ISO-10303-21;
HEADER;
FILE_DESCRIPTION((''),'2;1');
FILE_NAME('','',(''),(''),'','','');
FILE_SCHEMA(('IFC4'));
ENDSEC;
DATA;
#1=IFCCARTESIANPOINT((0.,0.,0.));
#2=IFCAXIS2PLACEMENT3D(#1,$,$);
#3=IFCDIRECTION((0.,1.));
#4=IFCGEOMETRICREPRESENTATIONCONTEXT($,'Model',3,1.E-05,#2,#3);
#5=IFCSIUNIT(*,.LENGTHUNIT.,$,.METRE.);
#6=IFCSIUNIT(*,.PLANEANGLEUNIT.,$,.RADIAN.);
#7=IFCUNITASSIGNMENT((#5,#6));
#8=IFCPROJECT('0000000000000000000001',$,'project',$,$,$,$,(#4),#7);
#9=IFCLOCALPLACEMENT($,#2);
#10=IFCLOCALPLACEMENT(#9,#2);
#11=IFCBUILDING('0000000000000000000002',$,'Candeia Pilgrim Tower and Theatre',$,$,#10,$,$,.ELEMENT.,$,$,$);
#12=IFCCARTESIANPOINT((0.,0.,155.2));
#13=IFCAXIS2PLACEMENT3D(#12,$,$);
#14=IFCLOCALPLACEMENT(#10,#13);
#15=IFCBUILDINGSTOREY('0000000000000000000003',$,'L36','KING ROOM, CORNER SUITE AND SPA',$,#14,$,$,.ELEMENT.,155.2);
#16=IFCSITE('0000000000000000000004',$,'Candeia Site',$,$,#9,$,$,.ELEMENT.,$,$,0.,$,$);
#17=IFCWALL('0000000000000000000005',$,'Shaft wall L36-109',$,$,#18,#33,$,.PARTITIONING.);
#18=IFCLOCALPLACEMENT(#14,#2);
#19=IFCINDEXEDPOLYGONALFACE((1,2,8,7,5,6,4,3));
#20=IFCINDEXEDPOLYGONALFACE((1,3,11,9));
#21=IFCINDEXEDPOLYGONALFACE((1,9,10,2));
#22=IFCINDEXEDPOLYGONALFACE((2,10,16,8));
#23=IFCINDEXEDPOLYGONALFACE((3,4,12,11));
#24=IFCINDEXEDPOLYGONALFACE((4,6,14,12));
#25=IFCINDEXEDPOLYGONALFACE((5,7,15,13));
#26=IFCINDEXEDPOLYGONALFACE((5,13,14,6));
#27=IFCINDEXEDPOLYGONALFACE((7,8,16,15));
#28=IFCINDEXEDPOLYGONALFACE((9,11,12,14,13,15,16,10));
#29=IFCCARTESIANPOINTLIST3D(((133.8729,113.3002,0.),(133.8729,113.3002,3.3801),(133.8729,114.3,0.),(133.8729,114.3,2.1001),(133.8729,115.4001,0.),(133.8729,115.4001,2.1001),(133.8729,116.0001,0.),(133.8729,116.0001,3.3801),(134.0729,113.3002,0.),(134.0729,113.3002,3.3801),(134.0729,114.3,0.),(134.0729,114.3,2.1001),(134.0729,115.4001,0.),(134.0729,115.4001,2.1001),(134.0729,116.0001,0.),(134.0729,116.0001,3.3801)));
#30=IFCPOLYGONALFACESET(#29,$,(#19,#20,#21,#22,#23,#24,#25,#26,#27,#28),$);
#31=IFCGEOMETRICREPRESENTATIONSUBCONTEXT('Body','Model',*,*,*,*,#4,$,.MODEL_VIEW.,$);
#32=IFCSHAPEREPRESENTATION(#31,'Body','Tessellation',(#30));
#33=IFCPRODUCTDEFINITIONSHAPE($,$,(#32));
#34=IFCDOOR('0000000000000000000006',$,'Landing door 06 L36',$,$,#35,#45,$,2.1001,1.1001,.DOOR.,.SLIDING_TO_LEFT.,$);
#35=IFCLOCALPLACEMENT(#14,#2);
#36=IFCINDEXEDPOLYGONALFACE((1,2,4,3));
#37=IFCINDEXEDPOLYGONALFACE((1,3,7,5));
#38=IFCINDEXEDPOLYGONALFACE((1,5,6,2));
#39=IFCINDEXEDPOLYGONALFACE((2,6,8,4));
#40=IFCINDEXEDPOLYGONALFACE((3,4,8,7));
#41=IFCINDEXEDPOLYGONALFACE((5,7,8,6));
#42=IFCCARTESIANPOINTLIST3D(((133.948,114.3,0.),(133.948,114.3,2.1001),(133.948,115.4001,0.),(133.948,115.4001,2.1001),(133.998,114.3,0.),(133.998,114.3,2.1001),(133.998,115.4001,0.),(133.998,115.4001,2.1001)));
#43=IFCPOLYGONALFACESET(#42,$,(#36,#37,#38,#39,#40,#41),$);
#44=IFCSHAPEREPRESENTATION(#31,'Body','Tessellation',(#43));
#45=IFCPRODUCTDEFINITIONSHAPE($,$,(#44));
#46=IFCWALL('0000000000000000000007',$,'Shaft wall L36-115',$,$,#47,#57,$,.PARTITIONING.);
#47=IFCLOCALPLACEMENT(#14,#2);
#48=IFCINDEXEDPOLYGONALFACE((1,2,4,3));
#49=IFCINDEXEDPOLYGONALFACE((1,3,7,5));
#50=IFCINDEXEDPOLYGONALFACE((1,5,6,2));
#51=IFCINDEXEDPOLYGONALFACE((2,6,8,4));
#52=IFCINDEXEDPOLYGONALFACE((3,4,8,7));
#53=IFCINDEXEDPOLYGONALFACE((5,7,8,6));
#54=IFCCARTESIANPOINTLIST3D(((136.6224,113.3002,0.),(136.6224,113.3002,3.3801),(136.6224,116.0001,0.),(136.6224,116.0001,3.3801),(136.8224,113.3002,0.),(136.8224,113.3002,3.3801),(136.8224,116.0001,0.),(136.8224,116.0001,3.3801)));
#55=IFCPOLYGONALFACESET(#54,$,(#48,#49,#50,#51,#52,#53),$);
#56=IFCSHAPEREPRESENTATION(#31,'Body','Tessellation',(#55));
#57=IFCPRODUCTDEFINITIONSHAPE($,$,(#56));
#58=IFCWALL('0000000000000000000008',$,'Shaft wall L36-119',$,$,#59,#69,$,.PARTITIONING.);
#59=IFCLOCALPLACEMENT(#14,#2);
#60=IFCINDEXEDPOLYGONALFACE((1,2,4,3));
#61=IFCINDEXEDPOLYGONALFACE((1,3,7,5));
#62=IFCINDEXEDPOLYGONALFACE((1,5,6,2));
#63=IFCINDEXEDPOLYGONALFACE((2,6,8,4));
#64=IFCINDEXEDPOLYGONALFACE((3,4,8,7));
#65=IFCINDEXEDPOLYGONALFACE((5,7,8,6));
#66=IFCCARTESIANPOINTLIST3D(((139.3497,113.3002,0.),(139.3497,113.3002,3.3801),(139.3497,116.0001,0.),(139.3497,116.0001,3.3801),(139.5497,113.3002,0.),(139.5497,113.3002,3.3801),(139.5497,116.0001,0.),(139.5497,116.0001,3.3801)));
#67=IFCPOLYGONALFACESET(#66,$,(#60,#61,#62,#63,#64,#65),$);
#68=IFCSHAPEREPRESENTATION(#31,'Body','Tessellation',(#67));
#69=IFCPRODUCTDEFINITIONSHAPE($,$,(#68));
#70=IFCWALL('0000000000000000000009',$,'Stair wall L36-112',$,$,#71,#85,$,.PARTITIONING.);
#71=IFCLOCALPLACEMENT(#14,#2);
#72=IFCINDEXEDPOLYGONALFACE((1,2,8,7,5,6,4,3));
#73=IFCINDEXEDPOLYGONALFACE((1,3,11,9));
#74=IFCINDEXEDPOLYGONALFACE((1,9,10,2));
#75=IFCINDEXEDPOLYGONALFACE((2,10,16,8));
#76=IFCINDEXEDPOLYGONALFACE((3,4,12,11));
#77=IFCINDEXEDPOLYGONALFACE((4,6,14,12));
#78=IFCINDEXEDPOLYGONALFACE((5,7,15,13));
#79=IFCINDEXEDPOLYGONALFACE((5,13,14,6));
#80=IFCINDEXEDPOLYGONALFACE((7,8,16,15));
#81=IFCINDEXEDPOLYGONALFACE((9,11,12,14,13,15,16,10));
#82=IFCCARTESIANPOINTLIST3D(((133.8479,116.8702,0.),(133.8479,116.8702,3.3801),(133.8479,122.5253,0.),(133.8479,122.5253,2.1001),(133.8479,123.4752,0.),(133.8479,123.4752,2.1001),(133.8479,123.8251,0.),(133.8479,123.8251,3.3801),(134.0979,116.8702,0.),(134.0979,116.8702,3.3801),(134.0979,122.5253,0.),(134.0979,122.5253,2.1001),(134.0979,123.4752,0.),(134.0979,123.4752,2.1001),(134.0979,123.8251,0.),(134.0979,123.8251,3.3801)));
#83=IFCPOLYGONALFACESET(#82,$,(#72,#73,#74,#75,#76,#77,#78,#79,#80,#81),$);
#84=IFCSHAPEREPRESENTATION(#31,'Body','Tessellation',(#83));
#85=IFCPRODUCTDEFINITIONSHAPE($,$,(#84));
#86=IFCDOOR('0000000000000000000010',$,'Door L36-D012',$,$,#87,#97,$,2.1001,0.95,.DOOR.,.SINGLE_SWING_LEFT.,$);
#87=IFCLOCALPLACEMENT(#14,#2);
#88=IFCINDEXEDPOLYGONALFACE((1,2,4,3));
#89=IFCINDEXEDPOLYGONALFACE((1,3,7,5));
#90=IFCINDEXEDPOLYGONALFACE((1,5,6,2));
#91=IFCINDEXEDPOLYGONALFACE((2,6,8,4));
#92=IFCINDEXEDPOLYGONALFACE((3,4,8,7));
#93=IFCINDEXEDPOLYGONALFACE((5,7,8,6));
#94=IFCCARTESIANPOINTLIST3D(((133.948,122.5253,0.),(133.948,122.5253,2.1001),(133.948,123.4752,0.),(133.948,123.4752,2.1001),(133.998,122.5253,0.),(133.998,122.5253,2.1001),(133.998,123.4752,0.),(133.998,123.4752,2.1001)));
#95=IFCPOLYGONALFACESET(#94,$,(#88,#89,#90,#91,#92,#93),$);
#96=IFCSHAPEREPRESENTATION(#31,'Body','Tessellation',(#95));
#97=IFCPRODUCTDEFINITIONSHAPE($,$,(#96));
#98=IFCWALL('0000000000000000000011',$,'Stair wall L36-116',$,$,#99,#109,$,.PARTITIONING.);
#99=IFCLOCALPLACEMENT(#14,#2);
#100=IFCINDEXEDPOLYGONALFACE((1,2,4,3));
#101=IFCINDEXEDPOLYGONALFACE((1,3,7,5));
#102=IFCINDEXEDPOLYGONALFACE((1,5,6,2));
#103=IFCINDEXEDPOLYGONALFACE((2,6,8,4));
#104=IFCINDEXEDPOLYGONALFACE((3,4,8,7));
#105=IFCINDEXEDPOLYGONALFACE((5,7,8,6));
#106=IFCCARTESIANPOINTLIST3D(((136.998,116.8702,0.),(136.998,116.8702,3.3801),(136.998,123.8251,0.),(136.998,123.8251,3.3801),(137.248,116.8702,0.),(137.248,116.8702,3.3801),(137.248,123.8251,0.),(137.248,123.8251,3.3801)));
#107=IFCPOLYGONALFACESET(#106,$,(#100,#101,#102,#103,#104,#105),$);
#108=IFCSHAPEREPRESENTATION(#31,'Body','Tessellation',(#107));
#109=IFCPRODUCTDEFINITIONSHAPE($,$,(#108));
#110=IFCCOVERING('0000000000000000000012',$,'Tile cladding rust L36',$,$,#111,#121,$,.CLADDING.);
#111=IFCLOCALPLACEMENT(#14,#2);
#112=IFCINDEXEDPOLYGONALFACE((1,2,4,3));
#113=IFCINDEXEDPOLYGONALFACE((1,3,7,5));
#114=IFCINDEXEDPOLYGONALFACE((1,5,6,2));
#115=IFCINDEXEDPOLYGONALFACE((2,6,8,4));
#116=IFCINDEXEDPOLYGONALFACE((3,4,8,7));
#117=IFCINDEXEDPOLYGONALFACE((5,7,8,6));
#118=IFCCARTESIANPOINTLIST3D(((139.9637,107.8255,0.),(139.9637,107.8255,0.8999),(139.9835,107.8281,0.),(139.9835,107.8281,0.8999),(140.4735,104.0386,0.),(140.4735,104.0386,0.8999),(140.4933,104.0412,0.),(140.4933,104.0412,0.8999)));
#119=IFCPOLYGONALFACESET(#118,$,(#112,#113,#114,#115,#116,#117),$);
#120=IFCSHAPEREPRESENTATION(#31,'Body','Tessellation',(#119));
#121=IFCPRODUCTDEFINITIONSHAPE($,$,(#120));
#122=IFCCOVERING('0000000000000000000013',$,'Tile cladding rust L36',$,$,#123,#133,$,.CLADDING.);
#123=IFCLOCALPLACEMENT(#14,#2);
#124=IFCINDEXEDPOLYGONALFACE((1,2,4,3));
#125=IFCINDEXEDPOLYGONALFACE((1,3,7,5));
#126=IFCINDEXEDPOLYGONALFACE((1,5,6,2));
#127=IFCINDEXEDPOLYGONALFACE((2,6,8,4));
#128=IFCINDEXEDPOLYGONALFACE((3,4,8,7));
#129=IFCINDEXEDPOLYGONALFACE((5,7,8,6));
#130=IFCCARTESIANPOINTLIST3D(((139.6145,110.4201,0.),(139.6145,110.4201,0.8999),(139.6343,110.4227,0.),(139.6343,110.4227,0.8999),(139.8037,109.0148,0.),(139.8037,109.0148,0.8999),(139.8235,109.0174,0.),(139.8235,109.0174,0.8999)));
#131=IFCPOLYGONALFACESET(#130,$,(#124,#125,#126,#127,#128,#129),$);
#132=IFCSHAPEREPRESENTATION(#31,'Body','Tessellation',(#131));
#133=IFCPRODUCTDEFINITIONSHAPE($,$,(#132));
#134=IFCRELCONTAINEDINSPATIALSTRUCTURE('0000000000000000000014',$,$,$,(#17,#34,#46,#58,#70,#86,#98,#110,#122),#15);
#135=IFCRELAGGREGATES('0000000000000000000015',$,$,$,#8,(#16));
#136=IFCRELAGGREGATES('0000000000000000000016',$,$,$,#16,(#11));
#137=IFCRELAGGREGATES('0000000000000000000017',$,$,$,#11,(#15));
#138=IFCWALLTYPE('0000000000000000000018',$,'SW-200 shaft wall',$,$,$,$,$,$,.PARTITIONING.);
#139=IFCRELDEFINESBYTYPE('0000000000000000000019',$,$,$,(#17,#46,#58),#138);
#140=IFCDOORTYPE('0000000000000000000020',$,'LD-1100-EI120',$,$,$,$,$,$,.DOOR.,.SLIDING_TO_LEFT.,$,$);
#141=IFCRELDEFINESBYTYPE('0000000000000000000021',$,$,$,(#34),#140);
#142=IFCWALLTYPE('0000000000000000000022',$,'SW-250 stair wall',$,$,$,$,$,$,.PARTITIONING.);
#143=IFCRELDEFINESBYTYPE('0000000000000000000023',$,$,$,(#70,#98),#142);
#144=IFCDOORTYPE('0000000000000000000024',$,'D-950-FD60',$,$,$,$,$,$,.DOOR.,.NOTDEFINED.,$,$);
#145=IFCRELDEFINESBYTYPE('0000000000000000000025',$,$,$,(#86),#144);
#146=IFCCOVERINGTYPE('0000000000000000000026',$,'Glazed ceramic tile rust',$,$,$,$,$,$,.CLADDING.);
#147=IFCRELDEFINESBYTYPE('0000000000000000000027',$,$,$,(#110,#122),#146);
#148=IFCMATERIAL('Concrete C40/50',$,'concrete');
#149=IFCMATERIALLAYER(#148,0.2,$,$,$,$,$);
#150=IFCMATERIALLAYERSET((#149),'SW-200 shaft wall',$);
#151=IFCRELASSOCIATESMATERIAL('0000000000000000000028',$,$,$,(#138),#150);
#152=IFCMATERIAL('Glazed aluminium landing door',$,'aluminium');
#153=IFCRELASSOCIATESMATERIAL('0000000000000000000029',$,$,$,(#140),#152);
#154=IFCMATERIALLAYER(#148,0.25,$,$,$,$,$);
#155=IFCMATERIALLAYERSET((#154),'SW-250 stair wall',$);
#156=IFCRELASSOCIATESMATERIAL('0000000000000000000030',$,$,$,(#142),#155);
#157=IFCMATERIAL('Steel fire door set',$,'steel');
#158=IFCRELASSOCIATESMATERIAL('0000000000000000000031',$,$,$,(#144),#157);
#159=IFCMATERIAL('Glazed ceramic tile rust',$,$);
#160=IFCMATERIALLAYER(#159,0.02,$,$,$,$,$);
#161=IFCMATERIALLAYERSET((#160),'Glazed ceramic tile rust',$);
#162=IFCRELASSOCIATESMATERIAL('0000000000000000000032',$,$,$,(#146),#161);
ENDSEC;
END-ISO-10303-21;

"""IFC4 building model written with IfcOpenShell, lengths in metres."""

from ifc_helpers import new_model, si_unit, direction, frame, frame_2d, origin, origin_2d, place, context, subcontext, project, spatial, rectangle, extrude, material, layer, layer_set, type_object, element, fill, save


model = new_model("IFC4")

# Units and contexts
model_context = context("Model", 3, precision=1e-05, world=origin(), true_north=direction((0.0, 1.0)))
body_context = subcontext(model_context, "Body", "Model", "MODEL_VIEW")
ifc_project = project(units=[si_unit("LENGTHUNIT", "METRE"), si_unit("PLANEANGLEUNIT", "RADIAN")], contexts=[model_context])

# Site, building, storey
site_placement = place(None, origin())
site = spatial("IfcSite", under=ifc_project, at=site_placement, Name="Candeia Site", CompositionType="ELEMENT", RefElevation=0.0)
building_placement = place(site_placement, origin())
building = spatial("IfcBuilding", under=site, at=building_placement, Name="Candeia Pilgrim Tower and Theatre", CompositionType="ELEMENT")
storey_placement = place(building_placement, frame((0.0, 0.0, 155.2)))
storey = spatial("IfcBuildingStorey", under=building, at=storey_placement, Name="L36", Description="KING ROOM, CORNER SUITE AND SPA", CompositionType="ELEMENT", Elevation=155.2)

# Shared definitions
ifc_material_1 = material(Name="Steel fire door set", Category="steel")

# Wall, opening, door
ifc_material_2 = material(Name="Concrete C40/50", Category="concrete")
ifc_layer_1 = layer(ifc_material_2, 0.2)
ifc_layer_set_1 = layer_set([ifc_layer_1], Name="SW-200 shaft wall")
wall_type_1 = type_object("IfcWallType", Name="SW-200 shaft wall", PredefinedType="PARTITIONING", material=ifc_layer_set_1)
wall_1_placement = place(storey_placement, frame((133.9729, 113.3, 0.0), z_axis=(0.0, 0.0, 1.0), x_axis=(0.0, 1.0, 0.0)))
wall_1 = element("IfcWall", 1, at=wall_1_placement, inside=storey, type_object=wall_type_1, Name="Shaft wall L36-109", PredefinedType="PARTITIONING", context=body_context, shape_type="SweptSolid", body=[
    extrude(rectangle(XDim=2.7, YDim=0.2, at=frame_2d((1.3501, 0.0))), origin(), (0.0, 0.0, 1.0), 3.3801),
])
opening_1_placement = place(wall_1_placement, frame((1.0, 0.0, 0.0)))
opening_1 = element("IfcOpeningElement", 2, at=opening_1_placement, cuts=wall_1, PredefinedType="OPENING", context=body_context, shape_type="SweptSolid", body=[
    extrude(rectangle(XDim=1.1001, YDim=2.1001, at=frame_2d((0.55, 1.05))), frame((0.0, 0.1099, 0.0), z_axis=(0.0, -1.0, 0.0), x_axis=(1.0, 0.0, 0.0)), (0.0, 0.0, 1.0), 0.22),
])
ifc_material_3 = material(Name="Glazed aluminium landing door", Category="aluminium")
door_type_1 = type_object("IfcDoorType", Name="LD-1100-EI120", OperationType="SLIDING_TO_LEFT", PredefinedType="DOOR", material=ifc_material_3)
door_1_placement = place(opening_1_placement, origin())
door_1 = element("IfcDoor", 3, at=door_1_placement, inside=storey, type_object=door_type_1, Name="Landing door 06 L36", OperationType="SLIDING_TO_LEFT", OverallHeight=2.1001, OverallWidth=1.1001, PredefinedType="DOOR", context=body_context, shape_type="SweptSolid", body=[
    extrude(rectangle(XDim=1.1001, YDim=2.1001, at=frame_2d((0.55, 1.05))), frame((0.0, 0.0249, 0.0), z_axis=(0.0, -1.0, 0.0), x_axis=(1.0, 0.0, 0.0)), (0.0, 0.0, 1.0), 0.05),
])
fill(opening_1, door_1)

# Walls
for number, where, z_axis, x_axis, name in (
    (4, (136.7224, 113.3, 0.0), (0.0, 0.0, 1.0), (0.0, 1.0, 0.0), "Shaft wall L36-115"),
    (5, (139.4497, 113.3, 0.0), (0.0, 0.0, 1.0), (0.0, 1.0, 0.0), "Shaft wall L36-119"),
):
    element("IfcWall", number, at=place(storey_placement, frame(where, z_axis=z_axis, x_axis=x_axis)), inside=storey, type_object=wall_type_1, Name=name, PredefinedType="PARTITIONING", context=body_context, shape_type="SweptSolid", body=[
        extrude(rectangle(XDim=2.7, YDim=0.2, at=frame_2d((1.3501, 0.0))), origin(), (0.0, 0.0, 1.0), 3.3801),
    ])

# Wall, opening, door
ifc_layer_2 = layer(ifc_material_2, 0.25)
ifc_layer_set_2 = layer_set([ifc_layer_2], Name="SW-250 stair wall")
wall_type_2 = type_object("IfcWallType", Name="SW-250 stair wall", PredefinedType="PARTITIONING", material=ifc_layer_set_2)
wall_2_placement = place(storey_placement, frame((133.9729, 116.8701, 0.0), z_axis=(0.0, 0.0, 1.0), x_axis=(0.0, 1.0, 0.0)))
wall_2 = element("IfcWall", 6, at=wall_2_placement, inside=storey, type_object=wall_type_2, Name="Stair wall L36-112", PredefinedType="PARTITIONING", context=body_context, shape_type="SweptSolid", body=[
    extrude(rectangle(XDim=6.9548, YDim=0.25, at=frame_2d((3.4775, 0.0))), origin(), (0.0, 0.0, 1.0), 3.3801),
])
opening_2_placement = place(wall_2_placement, frame((5.655, 0.0, 0.0)))
opening_2 = element("IfcOpeningElement", 7, at=opening_2_placement, cuts=wall_2, PredefinedType="OPENING", context=body_context, shape_type="SweptSolid", body=[
    extrude(rectangle(XDim=0.95, YDim=2.1001, at=frame_2d((0.4751, 1.05))), frame((0.0, 0.135, 0.0), z_axis=(0.0, -1.0, 0.0), x_axis=(1.0, 0.0, 0.0)), (0.0, 0.0, 1.0), 0.27),
])
door_type_2 = type_object("IfcDoorType", Name="D-950-FD60", OperationType="NOTDEFINED", PredefinedType="DOOR", material=ifc_material_1)
door_2_placement = place(opening_2_placement, origin())
door_2 = element("IfcDoor", 8, at=door_2_placement, inside=storey, type_object=door_type_2, Name="Door L36-D012", OperationType="SINGLE_SWING_LEFT", OverallHeight=2.1001, OverallWidth=0.95, PredefinedType="DOOR", context=body_context, shape_type="SweptSolid", body=[
    extrude(rectangle(XDim=0.95, YDim=2.1001, at=frame_2d((0.4751, 1.05))), frame((0.0, 0.0249, 0.0), z_axis=(0.0, -1.0, 0.0), x_axis=(1.0, 0.0, 0.0)), (0.0, 0.0, 1.0), 0.05),
])
fill(opening_2, door_2)

# Wall
wall_3_placement = place(storey_placement, frame((137.123, 116.8701, 0.0), z_axis=(0.0, 0.0, 1.0), x_axis=(0.0, 1.0, 0.0)))
element("IfcWall", 9, at=wall_3_placement, inside=storey, type_object=wall_type_2, Name="Stair wall L36-116", PredefinedType="PARTITIONING", context=body_context, shape_type="SweptSolid", body=[
    extrude(rectangle(XDim=6.9548, YDim=0.25, at=frame_2d((3.4775, 0.0))), origin(), (0.0, 0.0, 1.0), 3.3801),
])

# Coverings
ifc_material_4 = material(Name="Glazed ceramic tile rust")
ifc_layer_3 = layer(ifc_material_4, 0.02)
ifc_layer_set_3 = layer_set([ifc_layer_3], Name="Glazed ceramic tile rust")
covering_type = type_object("IfcCoveringType", Name="Glazed ceramic tile rust", PredefinedType="CLADDING", material=ifc_layer_set_3)
covering_1_placement = place(storey_placement, frame((140.2285, 105.9333, 0.0), z_axis=(0.0, 0.0, 1.0), x_axis=(-0.133412, 0.991061, 0.0)))
element("IfcCovering", 10, at=covering_1_placement, inside=storey, type_object=covering_type, Name="Tile cladding rust L36", PredefinedType="CLADDING", context=body_context, shape_type="SweptSolid", body=[
    extrude(rectangle(XDim=3.821, YDim=0.02, at=origin_2d()), origin(), (0.0, 0.0, 1.0), 0.8999),
])
covering_2_placement = place(storey_placement, frame((139.719, 109.7188, 0.0), z_axis=(0.0, 0.0, 1.0), x_axis=(-0.133412, 0.991061, 0.0)))
element("IfcCovering", 11, at=covering_2_placement, inside=storey, type_object=covering_type, Name="Tile cladding rust L36", PredefinedType="CLADDING", context=body_context, shape_type="SweptSolid", body=[
    extrude(rectangle(XDim=1.418, YDim=0.02, at=origin_2d()), origin(), (0.0, 0.0, 1.0), 0.8999),
])

save(model, "model.ifc")
